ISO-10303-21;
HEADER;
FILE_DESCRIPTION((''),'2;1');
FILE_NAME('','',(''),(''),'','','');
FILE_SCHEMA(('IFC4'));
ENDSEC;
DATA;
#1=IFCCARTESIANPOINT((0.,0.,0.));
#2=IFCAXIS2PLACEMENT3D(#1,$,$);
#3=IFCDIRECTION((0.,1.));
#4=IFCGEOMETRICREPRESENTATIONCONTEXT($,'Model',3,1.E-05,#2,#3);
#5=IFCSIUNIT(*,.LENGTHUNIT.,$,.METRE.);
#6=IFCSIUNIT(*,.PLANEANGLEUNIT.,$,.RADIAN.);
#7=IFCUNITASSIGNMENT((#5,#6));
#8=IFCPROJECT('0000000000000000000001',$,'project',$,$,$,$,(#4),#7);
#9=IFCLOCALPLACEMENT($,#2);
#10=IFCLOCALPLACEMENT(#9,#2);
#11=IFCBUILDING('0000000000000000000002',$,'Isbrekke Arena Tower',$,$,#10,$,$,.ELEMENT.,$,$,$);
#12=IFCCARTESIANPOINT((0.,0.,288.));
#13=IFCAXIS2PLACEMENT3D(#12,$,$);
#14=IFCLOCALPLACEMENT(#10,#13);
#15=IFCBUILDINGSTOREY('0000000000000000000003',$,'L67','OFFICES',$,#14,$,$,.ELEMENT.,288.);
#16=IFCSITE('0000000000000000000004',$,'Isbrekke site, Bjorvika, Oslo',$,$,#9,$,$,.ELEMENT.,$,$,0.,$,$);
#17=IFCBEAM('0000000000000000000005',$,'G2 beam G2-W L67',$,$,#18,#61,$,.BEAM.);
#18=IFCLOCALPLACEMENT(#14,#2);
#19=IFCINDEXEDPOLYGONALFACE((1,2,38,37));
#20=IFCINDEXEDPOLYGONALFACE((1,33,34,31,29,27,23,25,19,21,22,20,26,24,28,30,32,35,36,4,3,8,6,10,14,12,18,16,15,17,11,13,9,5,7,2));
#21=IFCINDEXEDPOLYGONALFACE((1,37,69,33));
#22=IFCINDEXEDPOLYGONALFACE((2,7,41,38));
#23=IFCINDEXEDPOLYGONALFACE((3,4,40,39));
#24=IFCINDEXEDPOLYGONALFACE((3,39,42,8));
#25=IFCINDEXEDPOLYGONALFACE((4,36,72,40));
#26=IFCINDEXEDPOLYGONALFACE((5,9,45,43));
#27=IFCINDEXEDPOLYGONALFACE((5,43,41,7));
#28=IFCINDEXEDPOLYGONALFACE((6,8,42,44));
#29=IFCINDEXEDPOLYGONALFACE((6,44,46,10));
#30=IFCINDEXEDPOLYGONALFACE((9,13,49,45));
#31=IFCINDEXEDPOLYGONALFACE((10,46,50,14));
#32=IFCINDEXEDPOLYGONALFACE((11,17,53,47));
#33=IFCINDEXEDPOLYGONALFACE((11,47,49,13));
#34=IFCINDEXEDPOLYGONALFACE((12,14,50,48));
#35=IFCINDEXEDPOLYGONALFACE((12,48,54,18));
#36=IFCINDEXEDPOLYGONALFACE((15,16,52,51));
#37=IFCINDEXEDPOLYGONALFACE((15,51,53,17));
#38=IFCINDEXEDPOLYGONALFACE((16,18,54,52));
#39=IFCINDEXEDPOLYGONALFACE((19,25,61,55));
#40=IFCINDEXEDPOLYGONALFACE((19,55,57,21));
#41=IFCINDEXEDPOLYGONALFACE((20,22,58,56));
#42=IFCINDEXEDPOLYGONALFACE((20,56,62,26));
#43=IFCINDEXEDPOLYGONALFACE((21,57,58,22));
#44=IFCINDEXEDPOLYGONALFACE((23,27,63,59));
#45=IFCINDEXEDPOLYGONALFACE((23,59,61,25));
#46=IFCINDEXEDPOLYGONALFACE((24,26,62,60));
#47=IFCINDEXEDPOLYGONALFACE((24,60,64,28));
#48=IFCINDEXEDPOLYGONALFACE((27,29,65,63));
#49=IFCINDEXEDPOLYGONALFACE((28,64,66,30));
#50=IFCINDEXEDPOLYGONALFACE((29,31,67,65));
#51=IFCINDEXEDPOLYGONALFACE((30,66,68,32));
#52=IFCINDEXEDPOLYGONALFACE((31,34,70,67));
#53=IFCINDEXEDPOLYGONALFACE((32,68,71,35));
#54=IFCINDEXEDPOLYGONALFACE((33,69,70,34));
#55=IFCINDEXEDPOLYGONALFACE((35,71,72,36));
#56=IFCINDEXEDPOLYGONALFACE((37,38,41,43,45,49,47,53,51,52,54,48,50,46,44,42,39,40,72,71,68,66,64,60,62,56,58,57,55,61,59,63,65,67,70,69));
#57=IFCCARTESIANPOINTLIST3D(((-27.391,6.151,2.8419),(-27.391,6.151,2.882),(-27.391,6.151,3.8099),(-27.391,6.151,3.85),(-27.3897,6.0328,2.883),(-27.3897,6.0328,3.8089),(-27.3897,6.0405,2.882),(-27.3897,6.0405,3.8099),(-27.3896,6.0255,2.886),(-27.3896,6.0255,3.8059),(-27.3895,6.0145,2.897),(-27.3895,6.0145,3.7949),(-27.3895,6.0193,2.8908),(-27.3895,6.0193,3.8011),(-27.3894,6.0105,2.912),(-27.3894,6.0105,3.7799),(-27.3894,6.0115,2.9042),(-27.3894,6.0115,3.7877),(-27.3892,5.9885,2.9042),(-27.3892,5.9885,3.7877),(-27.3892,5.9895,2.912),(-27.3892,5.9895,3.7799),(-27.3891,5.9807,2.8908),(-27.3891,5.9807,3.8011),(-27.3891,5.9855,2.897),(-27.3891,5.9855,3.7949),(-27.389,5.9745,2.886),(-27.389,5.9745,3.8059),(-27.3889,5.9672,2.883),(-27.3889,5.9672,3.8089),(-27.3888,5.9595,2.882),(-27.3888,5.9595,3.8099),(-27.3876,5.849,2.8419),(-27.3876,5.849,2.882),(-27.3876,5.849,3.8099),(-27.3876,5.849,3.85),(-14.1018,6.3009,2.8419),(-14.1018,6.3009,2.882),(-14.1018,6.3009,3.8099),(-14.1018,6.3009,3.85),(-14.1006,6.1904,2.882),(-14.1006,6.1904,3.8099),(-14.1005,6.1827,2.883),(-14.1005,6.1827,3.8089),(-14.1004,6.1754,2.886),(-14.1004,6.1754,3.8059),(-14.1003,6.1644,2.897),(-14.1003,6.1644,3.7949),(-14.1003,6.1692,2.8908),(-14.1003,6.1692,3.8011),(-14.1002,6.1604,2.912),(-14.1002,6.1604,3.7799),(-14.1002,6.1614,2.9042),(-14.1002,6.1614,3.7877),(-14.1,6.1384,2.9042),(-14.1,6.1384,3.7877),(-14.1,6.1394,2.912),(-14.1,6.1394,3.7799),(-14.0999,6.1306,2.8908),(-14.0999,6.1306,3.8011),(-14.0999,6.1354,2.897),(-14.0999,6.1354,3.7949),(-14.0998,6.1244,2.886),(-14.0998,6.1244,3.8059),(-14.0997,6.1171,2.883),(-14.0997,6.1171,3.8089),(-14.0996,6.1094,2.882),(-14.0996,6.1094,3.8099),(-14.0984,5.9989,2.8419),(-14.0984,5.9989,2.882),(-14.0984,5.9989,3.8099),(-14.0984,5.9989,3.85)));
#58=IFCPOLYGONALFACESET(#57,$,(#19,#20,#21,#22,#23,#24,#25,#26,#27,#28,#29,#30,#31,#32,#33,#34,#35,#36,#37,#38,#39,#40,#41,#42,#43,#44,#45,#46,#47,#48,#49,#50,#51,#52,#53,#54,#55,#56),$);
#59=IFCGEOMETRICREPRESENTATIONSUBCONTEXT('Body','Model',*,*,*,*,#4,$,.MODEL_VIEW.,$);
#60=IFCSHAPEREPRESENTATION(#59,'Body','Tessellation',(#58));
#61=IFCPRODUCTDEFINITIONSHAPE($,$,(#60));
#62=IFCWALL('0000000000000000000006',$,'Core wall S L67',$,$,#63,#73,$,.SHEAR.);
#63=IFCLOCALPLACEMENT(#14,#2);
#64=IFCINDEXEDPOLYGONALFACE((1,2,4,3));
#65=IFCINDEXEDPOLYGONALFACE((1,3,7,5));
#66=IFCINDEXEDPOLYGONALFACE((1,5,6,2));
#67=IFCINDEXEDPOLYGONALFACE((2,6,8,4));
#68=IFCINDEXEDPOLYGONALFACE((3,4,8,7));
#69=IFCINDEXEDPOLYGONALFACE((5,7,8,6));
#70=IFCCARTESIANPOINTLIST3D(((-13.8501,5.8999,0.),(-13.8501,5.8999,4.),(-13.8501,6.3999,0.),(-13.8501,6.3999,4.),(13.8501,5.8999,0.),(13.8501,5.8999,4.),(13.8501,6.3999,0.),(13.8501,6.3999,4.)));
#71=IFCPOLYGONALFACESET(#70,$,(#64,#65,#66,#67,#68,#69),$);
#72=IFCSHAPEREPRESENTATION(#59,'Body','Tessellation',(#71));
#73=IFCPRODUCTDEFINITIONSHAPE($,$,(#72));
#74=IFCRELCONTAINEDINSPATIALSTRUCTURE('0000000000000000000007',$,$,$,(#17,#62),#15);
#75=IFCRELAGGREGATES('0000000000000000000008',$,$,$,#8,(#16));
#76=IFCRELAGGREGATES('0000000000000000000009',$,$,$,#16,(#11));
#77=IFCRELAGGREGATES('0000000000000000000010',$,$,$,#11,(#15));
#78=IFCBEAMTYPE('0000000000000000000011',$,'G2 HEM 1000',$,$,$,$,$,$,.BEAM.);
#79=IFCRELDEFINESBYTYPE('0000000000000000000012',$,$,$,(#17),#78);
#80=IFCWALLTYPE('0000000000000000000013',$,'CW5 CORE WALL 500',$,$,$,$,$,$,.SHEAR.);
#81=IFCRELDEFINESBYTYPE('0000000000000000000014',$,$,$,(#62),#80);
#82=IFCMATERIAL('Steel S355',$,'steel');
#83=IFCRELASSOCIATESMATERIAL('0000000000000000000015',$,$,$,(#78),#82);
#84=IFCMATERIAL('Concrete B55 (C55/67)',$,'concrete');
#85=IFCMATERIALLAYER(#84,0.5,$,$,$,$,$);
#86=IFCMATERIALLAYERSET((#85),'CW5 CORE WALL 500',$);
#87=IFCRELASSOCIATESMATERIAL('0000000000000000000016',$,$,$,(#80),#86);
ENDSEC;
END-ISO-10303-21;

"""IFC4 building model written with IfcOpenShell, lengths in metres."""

from ifc_helpers import new_model, si_unit, direction, frame, frame_2d, origin, origin_2d, place, context, subcontext, project, spatial, rectangle, i_section, extrude, material, layer, layer_set, material_profile, profile_set, type_object, element, save


model = new_model("IFC4")

# Units and contexts
model_context = context("Model", 3, precision=1e-05, world=origin(), true_north=direction((0.0, 1.0)))
body_context = subcontext(model_context, "Body", "Model", "MODEL_VIEW")
ifc_project = project(units=[si_unit("LENGTHUNIT", "METRE"), si_unit("PLANEANGLEUNIT", "RADIAN")], contexts=[model_context])

# Site, building, storey
site_placement = place(None, origin())
site = spatial("IfcSite", under=ifc_project, at=site_placement, Name="Isbrekke site, Bjorvika, Oslo", CompositionType="ELEMENT", RefElevation=0.0)
building_placement = place(site_placement, origin())
building = spatial("IfcBuilding", under=site, at=building_placement, Name="Isbrekke Arena Tower", CompositionType="ELEMENT")
storey_placement = place(building_placement, frame((0.0, 0.0, 288.0)))
storey = spatial("IfcBuildingStorey", under=building, at=storey_placement, Name="L67", Description="OFFICES", CompositionType="ELEMENT", Elevation=288.0)

# Beam
ifc_material_1 = material(Name="Steel S355", Category="steel")
ifc_material_profile = material_profile(ifc_material_1, i_section(OverallWidth=0.302, OverallDepth=1.0081, WebThickness=0.021, FlangeThickness=0.04, FilletRadius=0.03, at=origin_2d()), Name="HEM 1000")
ifc_profile_set = profile_set([ifc_material_profile], Name="Steel S355")
beam_type = type_object("IfcBeamType", Name="G2 HEM 1000", PredefinedType="BEAM", material=ifc_profile_set)
beam_placement = place(storey_placement, frame((-14.1001, 6.1499, 3.3459), z_axis=(-0.999936, -0.011279, 0.0), x_axis=(0.011279, -0.999936, 0.0)))
element("IfcBeam", 1, at=beam_placement, inside=storey, type_object=beam_type, Name="G2 beam G2-W L67", PredefinedType="BEAM", context=body_context, shape_type="SweptSolid", body=[
    extrude(i_section(OverallWidth=0.302, OverallDepth=1.0081, WebThickness=0.021, FlangeThickness=0.04, FilletRadius=0.03, at=origin_2d()), origin(), (0.0, 0.0, 1.0), 13.29),
])

# Wall
ifc_material_2 = material(Name="Concrete B55 (C55/67)", Category="concrete")
ifc_layer_1 = layer(ifc_material_2, 0.5)
ifc_layer_set_1 = layer_set([ifc_layer_1], Name="CW5 CORE WALL 500")
wall_type_1 = type_object("IfcWallType", Name="CW5 CORE WALL 500", PredefinedType="SHEAR", material=ifc_layer_set_1)
wall_1_placement = place(storey_placement, frame((-13.8501, 6.1499, 0.0), z_axis=(0.0, 0.0, 1.0), x_axis=(1.0, 0.0, 0.0)))
element("IfcWall", 2, at=wall_1_placement, inside=storey, type_object=wall_type_1, Name="Core wall S L67", PredefinedType="SHEAR", context=body_context, shape_type="SweptSolid", body=[
    extrude(rectangle(XDim=27.7002, YDim=0.5, at=frame_2d((13.8501, 0.0))), origin(), (0.0, 0.0, 1.0), 4.0),
])

save(model, "model.ifc")
